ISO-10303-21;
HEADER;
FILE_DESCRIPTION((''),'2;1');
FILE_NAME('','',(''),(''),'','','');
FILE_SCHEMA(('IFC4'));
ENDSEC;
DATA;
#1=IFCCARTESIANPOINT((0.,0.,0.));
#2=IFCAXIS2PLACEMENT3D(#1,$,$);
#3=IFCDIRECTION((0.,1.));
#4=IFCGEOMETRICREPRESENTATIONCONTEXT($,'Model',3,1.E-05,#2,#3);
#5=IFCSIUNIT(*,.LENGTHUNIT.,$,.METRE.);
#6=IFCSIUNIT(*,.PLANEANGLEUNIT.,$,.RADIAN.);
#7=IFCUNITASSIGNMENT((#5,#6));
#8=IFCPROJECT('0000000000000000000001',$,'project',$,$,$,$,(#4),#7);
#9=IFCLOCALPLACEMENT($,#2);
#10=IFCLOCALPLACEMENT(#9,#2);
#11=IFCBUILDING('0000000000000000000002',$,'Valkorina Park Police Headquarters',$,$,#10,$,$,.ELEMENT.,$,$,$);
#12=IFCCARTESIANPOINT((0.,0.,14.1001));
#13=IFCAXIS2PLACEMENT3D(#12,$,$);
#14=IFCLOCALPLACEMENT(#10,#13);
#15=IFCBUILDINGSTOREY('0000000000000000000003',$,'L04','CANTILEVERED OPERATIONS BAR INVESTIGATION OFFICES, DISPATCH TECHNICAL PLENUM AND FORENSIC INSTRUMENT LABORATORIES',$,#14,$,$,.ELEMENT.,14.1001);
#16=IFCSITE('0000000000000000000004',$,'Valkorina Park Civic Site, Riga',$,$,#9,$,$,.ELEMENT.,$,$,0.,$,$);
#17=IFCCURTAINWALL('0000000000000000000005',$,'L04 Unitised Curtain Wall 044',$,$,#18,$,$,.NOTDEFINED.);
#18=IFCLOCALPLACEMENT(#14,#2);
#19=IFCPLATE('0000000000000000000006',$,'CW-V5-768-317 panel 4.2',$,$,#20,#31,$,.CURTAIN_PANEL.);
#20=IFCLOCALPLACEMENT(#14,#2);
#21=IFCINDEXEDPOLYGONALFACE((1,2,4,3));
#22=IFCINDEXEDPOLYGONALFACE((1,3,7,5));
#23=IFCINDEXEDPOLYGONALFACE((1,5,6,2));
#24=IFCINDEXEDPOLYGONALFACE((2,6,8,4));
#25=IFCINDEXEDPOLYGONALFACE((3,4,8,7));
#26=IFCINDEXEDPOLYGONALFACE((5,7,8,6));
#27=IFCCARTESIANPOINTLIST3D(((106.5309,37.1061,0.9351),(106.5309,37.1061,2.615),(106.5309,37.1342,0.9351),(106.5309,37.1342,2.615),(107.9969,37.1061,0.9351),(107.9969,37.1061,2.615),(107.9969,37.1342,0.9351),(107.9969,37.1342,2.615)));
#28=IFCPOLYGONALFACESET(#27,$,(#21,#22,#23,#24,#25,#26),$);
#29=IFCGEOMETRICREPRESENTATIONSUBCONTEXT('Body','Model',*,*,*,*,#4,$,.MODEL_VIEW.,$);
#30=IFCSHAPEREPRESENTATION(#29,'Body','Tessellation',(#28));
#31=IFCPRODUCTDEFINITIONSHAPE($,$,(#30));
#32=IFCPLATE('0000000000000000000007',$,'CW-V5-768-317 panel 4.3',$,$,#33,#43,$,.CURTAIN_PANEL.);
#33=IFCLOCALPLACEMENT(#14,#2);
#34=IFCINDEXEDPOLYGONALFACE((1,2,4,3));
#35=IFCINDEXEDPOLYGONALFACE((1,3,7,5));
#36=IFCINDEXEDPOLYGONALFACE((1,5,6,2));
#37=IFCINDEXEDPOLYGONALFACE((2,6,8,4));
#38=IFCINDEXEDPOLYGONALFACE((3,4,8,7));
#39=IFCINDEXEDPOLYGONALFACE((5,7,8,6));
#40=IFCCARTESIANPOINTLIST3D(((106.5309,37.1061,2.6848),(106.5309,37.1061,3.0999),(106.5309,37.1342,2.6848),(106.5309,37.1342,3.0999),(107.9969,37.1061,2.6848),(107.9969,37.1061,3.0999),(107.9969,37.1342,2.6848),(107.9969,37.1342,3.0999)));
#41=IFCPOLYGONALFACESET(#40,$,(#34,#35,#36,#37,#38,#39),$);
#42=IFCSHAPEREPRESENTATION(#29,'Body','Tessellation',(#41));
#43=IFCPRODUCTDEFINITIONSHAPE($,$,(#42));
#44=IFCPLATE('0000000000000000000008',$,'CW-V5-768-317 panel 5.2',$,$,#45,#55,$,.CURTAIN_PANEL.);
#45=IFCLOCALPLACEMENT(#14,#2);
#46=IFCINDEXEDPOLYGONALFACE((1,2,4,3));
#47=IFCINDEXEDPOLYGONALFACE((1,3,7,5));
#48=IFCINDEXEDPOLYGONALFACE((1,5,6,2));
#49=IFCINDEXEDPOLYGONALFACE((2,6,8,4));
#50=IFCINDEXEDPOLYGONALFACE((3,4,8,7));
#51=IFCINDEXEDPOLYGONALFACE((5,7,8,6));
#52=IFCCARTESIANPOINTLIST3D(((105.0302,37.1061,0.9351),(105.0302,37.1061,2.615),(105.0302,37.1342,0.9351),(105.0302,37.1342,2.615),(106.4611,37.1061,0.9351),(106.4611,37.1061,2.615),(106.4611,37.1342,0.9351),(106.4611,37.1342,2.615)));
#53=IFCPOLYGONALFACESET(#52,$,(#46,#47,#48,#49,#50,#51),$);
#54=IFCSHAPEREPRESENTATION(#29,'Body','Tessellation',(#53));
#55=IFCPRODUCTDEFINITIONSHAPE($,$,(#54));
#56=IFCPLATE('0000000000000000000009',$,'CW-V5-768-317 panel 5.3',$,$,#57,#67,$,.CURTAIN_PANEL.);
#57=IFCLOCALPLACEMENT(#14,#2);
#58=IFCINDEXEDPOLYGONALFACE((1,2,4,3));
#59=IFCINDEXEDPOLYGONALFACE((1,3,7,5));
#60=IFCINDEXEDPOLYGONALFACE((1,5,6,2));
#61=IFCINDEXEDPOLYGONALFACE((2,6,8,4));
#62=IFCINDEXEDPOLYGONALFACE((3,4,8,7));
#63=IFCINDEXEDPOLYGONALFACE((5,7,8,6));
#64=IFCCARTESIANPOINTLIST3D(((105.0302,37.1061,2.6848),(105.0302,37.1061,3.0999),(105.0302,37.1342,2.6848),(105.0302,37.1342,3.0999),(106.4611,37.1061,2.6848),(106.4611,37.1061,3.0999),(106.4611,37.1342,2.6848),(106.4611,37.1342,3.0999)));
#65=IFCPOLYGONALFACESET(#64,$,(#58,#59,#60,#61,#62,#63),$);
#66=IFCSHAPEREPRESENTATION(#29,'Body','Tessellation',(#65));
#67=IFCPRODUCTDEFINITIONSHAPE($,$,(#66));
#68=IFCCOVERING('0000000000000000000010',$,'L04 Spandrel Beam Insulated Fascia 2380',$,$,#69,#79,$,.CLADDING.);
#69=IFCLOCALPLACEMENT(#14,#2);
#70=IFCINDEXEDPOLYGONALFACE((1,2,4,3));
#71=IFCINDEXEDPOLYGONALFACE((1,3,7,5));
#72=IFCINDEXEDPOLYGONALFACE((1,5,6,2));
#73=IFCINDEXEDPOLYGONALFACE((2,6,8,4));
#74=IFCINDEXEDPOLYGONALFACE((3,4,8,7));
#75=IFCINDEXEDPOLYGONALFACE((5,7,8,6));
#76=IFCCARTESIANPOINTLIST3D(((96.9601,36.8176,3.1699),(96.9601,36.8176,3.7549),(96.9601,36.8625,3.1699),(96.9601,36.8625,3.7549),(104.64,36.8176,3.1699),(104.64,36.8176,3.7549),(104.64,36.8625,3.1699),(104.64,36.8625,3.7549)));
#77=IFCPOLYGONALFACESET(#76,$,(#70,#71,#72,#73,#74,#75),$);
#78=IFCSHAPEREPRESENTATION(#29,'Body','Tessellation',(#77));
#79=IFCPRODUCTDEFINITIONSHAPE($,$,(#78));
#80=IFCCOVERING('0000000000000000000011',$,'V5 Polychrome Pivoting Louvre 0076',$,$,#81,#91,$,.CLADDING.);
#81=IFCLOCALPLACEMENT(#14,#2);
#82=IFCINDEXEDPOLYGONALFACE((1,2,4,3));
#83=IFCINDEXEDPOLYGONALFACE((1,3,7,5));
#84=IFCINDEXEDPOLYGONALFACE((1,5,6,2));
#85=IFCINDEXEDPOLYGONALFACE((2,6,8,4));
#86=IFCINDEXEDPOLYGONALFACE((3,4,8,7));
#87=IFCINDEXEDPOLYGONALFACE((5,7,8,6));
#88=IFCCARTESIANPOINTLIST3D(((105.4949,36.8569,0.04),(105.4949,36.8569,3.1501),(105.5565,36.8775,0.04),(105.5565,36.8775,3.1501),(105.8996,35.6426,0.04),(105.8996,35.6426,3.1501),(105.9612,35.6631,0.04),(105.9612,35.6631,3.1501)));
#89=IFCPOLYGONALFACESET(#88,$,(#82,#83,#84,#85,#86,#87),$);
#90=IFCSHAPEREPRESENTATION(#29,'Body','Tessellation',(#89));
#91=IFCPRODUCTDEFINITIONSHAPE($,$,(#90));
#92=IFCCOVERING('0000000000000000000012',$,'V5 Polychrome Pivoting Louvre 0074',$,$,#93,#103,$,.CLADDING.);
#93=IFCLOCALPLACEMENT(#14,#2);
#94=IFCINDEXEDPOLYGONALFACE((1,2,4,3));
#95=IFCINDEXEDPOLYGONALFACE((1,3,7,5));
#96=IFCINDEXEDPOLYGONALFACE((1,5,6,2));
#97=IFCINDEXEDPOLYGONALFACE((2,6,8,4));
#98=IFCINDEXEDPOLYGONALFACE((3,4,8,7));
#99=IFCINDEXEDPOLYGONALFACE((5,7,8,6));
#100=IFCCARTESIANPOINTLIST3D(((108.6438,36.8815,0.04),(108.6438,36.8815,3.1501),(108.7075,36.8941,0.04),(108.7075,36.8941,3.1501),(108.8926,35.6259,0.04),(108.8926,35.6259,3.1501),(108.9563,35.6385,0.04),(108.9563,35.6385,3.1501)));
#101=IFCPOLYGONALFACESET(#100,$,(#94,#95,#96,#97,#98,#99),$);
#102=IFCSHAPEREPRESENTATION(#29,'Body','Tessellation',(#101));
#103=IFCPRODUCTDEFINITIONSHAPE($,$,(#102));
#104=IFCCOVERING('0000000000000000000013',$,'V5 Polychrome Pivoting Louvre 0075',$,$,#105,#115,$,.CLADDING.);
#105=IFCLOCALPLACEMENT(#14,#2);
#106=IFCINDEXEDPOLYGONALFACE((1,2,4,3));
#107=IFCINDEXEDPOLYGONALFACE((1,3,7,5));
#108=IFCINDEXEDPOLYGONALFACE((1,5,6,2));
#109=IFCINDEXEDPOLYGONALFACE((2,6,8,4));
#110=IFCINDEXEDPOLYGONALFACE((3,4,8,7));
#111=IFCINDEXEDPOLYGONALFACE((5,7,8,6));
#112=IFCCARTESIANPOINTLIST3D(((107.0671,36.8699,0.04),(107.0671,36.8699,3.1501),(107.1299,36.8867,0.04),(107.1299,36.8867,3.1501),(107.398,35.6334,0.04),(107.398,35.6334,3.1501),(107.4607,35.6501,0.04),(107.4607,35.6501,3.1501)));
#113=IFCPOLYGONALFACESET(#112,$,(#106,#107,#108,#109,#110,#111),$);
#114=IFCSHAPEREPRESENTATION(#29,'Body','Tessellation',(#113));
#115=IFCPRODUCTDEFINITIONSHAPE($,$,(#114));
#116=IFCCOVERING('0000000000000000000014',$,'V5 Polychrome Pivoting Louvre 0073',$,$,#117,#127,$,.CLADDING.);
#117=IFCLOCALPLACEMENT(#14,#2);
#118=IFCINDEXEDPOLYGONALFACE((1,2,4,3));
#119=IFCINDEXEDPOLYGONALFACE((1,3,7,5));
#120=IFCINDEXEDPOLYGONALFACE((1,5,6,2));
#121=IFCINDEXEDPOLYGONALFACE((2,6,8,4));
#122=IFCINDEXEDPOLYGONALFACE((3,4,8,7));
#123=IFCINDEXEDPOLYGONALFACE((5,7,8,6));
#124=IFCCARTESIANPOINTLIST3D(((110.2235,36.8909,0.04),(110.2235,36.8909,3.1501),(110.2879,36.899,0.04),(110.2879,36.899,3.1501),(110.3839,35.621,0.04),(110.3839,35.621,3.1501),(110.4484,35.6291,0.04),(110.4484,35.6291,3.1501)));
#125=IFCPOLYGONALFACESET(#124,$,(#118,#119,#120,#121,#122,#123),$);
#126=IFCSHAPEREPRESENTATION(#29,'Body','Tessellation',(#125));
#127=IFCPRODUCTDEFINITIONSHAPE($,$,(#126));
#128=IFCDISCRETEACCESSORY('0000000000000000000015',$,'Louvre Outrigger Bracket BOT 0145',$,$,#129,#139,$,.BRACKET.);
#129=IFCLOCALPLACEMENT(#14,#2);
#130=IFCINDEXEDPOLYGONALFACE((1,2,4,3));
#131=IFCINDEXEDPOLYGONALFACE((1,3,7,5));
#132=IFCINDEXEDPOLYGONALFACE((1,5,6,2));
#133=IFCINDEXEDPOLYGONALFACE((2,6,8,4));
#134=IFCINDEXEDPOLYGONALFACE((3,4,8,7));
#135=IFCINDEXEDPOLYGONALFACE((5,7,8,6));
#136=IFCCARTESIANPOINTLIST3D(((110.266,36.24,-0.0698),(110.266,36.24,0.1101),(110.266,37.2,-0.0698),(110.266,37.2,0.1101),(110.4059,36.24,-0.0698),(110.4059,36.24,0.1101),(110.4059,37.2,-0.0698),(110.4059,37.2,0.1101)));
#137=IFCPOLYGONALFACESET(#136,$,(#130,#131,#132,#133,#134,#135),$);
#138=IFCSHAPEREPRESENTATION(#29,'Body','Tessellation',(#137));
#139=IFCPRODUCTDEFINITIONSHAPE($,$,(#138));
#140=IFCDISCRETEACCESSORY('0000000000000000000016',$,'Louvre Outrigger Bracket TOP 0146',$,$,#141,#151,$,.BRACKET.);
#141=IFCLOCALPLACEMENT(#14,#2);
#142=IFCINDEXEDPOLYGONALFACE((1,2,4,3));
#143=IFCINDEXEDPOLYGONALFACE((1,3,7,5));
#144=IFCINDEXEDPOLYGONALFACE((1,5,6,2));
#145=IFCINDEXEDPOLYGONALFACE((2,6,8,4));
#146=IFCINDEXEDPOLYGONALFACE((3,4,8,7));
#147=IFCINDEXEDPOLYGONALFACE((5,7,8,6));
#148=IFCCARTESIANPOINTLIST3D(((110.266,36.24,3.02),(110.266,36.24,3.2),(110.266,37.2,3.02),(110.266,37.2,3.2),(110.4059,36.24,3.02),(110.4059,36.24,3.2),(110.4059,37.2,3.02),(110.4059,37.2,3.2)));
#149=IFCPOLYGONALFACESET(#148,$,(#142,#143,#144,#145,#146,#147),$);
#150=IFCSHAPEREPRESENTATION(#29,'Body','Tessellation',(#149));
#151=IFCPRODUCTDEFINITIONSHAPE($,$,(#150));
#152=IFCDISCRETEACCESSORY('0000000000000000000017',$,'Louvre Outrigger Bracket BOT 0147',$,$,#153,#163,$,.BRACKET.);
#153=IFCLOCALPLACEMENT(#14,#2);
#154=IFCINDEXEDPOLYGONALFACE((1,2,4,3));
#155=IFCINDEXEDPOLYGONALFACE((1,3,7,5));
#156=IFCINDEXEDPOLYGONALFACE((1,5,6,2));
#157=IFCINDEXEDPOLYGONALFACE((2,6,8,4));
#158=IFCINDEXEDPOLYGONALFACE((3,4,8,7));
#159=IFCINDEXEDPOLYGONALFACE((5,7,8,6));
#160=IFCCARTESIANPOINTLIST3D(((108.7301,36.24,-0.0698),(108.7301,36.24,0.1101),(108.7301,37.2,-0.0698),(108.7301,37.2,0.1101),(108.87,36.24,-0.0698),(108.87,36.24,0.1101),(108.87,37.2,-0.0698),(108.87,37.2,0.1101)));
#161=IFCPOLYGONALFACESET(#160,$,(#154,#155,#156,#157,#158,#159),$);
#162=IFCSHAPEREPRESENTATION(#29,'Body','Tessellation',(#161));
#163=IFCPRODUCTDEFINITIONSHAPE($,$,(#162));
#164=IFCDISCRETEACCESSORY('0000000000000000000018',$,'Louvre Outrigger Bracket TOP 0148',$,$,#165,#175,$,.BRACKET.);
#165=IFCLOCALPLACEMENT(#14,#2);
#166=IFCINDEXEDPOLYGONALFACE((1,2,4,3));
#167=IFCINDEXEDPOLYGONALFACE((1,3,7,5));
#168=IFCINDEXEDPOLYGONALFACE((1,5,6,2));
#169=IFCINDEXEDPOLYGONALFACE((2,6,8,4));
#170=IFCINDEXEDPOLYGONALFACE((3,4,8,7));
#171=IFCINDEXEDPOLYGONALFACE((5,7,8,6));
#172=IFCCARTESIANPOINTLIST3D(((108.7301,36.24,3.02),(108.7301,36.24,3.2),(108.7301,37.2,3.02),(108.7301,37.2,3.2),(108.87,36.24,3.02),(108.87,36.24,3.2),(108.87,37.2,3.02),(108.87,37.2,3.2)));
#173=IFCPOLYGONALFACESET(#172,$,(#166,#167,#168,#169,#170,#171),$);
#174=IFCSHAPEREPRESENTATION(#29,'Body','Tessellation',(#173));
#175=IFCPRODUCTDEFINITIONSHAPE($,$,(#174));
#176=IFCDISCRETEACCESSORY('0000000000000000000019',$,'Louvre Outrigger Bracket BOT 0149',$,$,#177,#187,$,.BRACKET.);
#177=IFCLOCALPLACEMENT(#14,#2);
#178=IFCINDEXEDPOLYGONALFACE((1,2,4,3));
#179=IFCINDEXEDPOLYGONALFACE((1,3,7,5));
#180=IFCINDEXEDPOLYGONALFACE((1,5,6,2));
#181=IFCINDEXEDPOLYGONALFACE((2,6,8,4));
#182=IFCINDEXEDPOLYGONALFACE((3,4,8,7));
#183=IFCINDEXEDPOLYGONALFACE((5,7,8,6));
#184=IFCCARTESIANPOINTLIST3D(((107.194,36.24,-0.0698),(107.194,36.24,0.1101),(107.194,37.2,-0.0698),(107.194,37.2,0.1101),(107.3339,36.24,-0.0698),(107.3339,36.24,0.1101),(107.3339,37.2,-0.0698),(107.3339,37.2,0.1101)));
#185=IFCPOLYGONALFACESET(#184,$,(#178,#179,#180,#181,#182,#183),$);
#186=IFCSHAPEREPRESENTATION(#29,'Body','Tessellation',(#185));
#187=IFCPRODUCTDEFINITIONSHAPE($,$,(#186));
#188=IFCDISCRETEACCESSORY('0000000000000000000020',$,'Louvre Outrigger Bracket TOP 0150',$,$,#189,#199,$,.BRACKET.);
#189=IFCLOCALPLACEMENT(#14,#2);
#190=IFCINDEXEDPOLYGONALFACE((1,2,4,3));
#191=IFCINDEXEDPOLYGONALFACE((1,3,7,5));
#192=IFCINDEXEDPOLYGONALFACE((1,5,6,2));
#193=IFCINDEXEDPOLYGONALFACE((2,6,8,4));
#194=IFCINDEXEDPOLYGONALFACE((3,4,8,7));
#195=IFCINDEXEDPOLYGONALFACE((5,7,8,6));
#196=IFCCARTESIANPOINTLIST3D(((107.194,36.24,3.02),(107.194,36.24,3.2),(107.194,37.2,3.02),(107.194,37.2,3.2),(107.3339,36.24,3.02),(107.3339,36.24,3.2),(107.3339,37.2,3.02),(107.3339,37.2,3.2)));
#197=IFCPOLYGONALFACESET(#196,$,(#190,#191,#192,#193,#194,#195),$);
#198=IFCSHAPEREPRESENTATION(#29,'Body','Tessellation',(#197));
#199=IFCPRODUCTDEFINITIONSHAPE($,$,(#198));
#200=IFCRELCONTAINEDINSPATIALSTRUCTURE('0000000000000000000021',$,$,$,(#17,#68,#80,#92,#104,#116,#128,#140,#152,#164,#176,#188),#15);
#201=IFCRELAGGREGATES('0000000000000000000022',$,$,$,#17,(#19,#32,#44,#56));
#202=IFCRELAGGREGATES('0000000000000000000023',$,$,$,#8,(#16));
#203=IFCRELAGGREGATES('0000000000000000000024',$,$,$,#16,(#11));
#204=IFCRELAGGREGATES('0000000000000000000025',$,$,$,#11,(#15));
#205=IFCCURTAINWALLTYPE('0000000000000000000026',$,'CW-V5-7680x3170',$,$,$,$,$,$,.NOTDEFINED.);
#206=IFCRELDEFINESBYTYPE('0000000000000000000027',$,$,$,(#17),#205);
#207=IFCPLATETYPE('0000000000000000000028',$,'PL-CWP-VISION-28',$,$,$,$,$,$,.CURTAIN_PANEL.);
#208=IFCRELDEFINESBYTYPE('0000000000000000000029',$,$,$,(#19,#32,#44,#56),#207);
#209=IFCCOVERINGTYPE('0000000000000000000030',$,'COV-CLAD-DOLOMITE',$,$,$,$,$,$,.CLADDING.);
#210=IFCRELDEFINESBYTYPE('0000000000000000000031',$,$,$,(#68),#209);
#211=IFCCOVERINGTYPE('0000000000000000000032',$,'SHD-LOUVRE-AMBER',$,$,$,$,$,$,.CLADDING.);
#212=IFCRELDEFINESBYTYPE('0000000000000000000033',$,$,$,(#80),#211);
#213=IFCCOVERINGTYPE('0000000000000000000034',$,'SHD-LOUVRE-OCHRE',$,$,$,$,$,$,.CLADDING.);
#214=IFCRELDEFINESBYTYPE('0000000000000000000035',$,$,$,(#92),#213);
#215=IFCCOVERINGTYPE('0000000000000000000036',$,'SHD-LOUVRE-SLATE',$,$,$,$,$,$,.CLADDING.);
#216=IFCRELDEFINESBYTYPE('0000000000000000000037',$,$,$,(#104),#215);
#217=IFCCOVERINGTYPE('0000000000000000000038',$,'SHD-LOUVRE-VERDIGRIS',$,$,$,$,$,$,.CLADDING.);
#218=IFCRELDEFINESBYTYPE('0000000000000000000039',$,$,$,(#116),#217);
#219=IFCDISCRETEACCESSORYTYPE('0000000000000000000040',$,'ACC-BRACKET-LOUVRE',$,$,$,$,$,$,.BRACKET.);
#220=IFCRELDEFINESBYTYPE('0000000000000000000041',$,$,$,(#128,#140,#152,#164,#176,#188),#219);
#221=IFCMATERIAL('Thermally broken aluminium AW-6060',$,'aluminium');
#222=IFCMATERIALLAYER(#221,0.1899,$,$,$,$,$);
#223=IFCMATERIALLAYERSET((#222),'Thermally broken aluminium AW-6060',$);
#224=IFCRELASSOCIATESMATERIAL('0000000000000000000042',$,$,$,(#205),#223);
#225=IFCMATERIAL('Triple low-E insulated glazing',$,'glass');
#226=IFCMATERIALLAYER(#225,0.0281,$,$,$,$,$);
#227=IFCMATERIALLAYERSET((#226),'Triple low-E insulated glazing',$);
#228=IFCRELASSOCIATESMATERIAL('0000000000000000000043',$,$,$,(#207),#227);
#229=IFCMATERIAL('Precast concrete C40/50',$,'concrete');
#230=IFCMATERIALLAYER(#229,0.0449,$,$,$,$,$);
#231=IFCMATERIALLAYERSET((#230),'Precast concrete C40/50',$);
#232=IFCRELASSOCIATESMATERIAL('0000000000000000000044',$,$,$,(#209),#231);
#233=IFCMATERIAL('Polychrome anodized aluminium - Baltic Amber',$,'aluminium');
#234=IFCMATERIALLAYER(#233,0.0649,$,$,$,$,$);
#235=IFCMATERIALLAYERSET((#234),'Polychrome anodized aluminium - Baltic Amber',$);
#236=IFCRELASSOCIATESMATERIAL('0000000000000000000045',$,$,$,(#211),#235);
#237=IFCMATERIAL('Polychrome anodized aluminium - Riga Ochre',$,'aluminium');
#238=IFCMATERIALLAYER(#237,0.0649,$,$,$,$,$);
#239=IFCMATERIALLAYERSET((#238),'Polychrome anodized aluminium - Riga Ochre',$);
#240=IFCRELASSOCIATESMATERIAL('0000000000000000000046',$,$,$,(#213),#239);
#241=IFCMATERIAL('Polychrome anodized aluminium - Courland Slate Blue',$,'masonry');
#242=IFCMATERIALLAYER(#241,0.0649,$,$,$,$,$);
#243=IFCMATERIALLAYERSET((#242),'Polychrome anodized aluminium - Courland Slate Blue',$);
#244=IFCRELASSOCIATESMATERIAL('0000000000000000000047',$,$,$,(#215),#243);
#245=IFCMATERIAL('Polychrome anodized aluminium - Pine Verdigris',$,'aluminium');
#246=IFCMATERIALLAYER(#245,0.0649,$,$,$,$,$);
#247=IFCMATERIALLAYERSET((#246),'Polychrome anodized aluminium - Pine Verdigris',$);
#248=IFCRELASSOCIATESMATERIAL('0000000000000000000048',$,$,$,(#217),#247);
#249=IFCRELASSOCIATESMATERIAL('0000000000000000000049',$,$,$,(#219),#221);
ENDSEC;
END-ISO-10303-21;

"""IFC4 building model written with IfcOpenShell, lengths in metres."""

from ifc_helpers import new_model, si_unit, direction, frame, frame_2d, origin, origin_2d, place, context, subcontext, project, spatial, rectangle, extrude, material, layer, layer_set, type_object, element, aggregate, save


model = new_model("IFC4")

# Units and contexts
model_context = context("Model", 3, precision=1e-05, world=origin(), true_north=direction((0.0, 1.0)))
body_context = subcontext(model_context, "Body", "Model", "MODEL_VIEW")
ifc_project = project(units=[si_unit("LENGTHUNIT", "METRE"), si_unit("PLANEANGLEUNIT", "RADIAN")], contexts=[model_context])

# Site, building, storey
site_placement = place(None, origin())
site = spatial("IfcSite", under=ifc_project, at=site_placement, Name="Valkorina Park Civic Site, Riga", CompositionType="ELEMENT", RefElevation=0.0)
building_placement = place(site_placement, origin())
building = spatial("IfcBuilding", under=site, at=building_placement, Name="Valkorina Park Police Headquarters", CompositionType="ELEMENT")
storey_placement = place(building_placement, frame((0.0, 0.0, 14.1001)))
storey = spatial("IfcBuildingStorey", under=building, at=storey_placement, Name="L04", Description="CANTILEVERED OPERATIONS BAR INVESTIGATION OFFICES, DISPATCH TECHNICAL PLENUM AND FORENSIC INSTRUMENT LABORATORIES", CompositionType="ELEMENT", Elevation=14.1001)

# Curtain wall, plates
ifc_material_1 = material(Name="Thermally broken aluminium AW-6060", Category="aluminium")
ifc_layer_1 = layer(ifc_material_1, 0.1899)
ifc_layer_set_1 = layer_set([ifc_layer_1], Name="Thermally broken aluminium AW-6060")
curtain_wall_type = type_object("IfcCurtainWallType", Name="CW-V5-7680x3170", PredefinedType="NOTDEFINED", material=ifc_layer_set_1)
curtain_wall_placement = place(storey_placement, origin())
curtain_wall = element("IfcCurtainWall", 1, at=curtain_wall_placement, inside=storey, type_object=curtain_wall_type, Name="L04 Unitised Curtain Wall 044", PredefinedType="NOTDEFINED")
ifc_material_2 = material(Name="Triple low-E insulated glazing", Category="glass")
ifc_layer_2 = layer(ifc_material_2, 0.0281)
ifc_layer_set_2 = layer_set([ifc_layer_2], Name="Triple low-E insulated glazing")
plate_type_1 = type_object("IfcPlateType", Name="PL-CWP-VISION-28", PredefinedType="CURTAIN_PANEL", material=ifc_layer_set_2)
plate_1_placement = place(storey_placement, frame((107.2639, 37.1201, 0.9351), z_axis=(0.0, 0.0, 1.0), x_axis=(-1.0, 0.0, 0.0)))
plate_1 = element("IfcPlate", 2, at=plate_1_placement, type_object=plate_type_1, Name="CW-V5-768-317 panel 4.2", PredefinedType="CURTAIN_PANEL", context=body_context, shape_type="SweptSolid", body=[
    extrude(rectangle(XDim=1.4661, YDim=0.0281, at=origin_2d()), origin(), (0.0, 0.0, 1.0), 1.6799),
])
plate_2_placement = place(storey_placement, frame((107.2639, 37.1201, 2.6848), z_axis=(0.0, 0.0, 1.0), x_axis=(-1.0, 0.0, 0.0)))
plate_2 = element("IfcPlate", 3, at=plate_2_placement, type_object=plate_type_1, Name="CW-V5-768-317 panel 4.3", PredefinedType="CURTAIN_PANEL", context=body_context, shape_type="SweptSolid", body=[
    extrude(rectangle(XDim=1.4661, YDim=0.0281, at=origin_2d()), origin(), (0.0, 0.0, 1.0), 0.415),
])
plate_3_placement = place(storey_placement, frame((105.7456, 37.1201, 0.9351), z_axis=(0.0, 0.0, 1.0), x_axis=(-1.0, 0.0, 0.0)))
plate_3 = element("IfcPlate", 4, at=plate_3_placement, type_object=plate_type_1, Name="CW-V5-768-317 panel 5.2", PredefinedType="CURTAIN_PANEL", context=body_context, shape_type="SweptSolid", body=[
    extrude(rectangle(XDim=1.4309, YDim=0.0281, at=origin_2d()), origin(), (0.0, 0.0, 1.0), 1.6799),
])
plate_4_placement = place(storey_placement, frame((105.7456, 37.1201, 2.6848), z_axis=(0.0, 0.0, 1.0), x_axis=(-1.0, 0.0, 0.0)))
plate_4 = element("IfcPlate", 5, at=plate_4_placement, type_object=plate_type_1, Name="CW-V5-768-317 panel 5.3", PredefinedType="CURTAIN_PANEL", context=body_context, shape_type="SweptSolid", body=[
    extrude(rectangle(XDim=1.4309, YDim=0.0281, at=origin_2d()), origin(), (0.0, 0.0, 1.0), 0.415),
])
aggregate(curtain_wall, [plate_1, plate_2, plate_3, plate_4])

# Coverings
ifc_material_3 = material(Name="Precast concrete C40/50", Category="concrete")
ifc_layer_3 = layer(ifc_material_3, 0.0449)
ifc_layer_set_3 = layer_set([ifc_layer_3], Name="Precast concrete C40/50")
covering_type_1 = type_object("IfcCoveringType", Name="COV-CLAD-DOLOMITE", PredefinedType="CLADDING", material=ifc_layer_set_3)
covering_1_placement = place(storey_placement, frame((104.6399, 36.8401, 3.1699), z_axis=(0.0, 0.0, 1.0), x_axis=(-1.0, 0.0, 0.0)))
element("IfcCovering", 6, at=covering_1_placement, inside=storey, type_object=covering_type_1, Name="L04 Spandrel Beam Insulated Fascia 2380", PredefinedType="CLADDING", context=body_context, shape_type="SweptSolid", body=[
    extrude(rectangle(XDim=7.6799, YDim=0.0449, at=frame_2d((3.8398, 0.0))), origin(), (0.0, 0.0, 1.0), 0.585),
])
ifc_material_4 = material(Name="Polychrome anodized aluminium - Baltic Amber", Category="aluminium")
ifc_layer_4 = layer(ifc_material_4, 0.0649)
ifc_layer_set_4 = layer_set([ifc_layer_4], Name="Polychrome anodized aluminium - Baltic Amber")
covering_type_2 = type_object("IfcCoveringType", Name="SHD-LOUVRE-AMBER", PredefinedType="CLADDING", material=ifc_layer_set_4)
covering_2_placement = place(storey_placement, frame((105.728, 36.26, 0.04), z_axis=(0.0, 0.0, 1.0), x_axis=(0.316146, -0.948711, 0.0)))
element("IfcCovering", 7, at=covering_2_placement, inside=storey, type_object=covering_type_2, Name="V5 Polychrome Pivoting Louvre 0076", PredefinedType="CLADDING", context=body_context, shape_type="SweptSolid", body=[
    extrude(rectangle(XDim=1.28, YDim=0.0649, at=origin_2d()), origin(), (0.0, 0.0, 1.0), 3.1101),
])
ifc_material_5 = material(Name="Polychrome anodized aluminium - Riga Ochre", Category="aluminium")
ifc_layer_5 = layer(ifc_material_5, 0.0649)
ifc_layer_set_5 = layer_set([ifc_layer_5], Name="Polychrome anodized aluminium - Riga Ochre")
covering_type_3 = type_object("IfcCoveringType", Name="SHD-LOUVRE-OCHRE", PredefinedType="CLADDING", material=ifc_layer_set_5)
covering_3_placement = place(storey_placement, frame((108.8, 36.26, 0.04), z_axis=(0.0, 0.0, 1.0), x_axis=(0.194406, -0.980921, 0.0)))
element("IfcCovering", 8, at=covering_3_placement, inside=storey, type_object=covering_type_3, Name="V5 Polychrome Pivoting Louvre 0074", PredefinedType="CLADDING", context=body_context, shape_type="SweptSolid", body=[
    extrude(rectangle(XDim=1.28, YDim=0.0649, at=origin_2d()), origin(), (0.0, 0.0, 1.0), 3.1101),
])
ifc_material_6 = material(Name="Polychrome anodized aluminium - Courland Slate Blue", Category="masonry")
ifc_layer_6 = layer(ifc_material_6, 0.0649)
ifc_layer_set_6 = layer_set([ifc_layer_6], Name="Polychrome anodized aluminium - Courland Slate Blue")
covering_type_4 = type_object("IfcCoveringType", Name="SHD-LOUVRE-SLATE", PredefinedType="CLADDING", material=ifc_layer_set_6)
covering_4_placement = place(storey_placement, frame((107.2639, 36.26, 0.04), z_axis=(0.0, 0.0, 1.0), x_axis=(0.258482, -0.966016, 0.0)))
element("IfcCovering", 9, at=covering_4_placement, inside=storey, type_object=covering_type_4, Name="V5 Polychrome Pivoting Louvre 0075", PredefinedType="CLADDING", context=body_context, shape_type="SweptSolid", body=[
    extrude(rectangle(XDim=1.28, YDim=0.0649, at=origin_2d()), origin(), (0.0, 0.0, 1.0), 3.1101),
])
ifc_material_7 = material(Name="Polychrome anodized aluminium - Pine Verdigris", Category="aluminium")
ifc_layer_7 = layer(ifc_material_7, 0.0649)
ifc_layer_set_7 = layer_set([ifc_layer_7], Name="Polychrome anodized aluminium - Pine Verdigris")
covering_type_5 = type_object("IfcCoveringType", Name="SHD-LOUVRE-VERDIGRIS", PredefinedType="CLADDING", material=ifc_layer_set_7)
covering_5_placement = place(storey_placement, frame((110.3359, 36.26, 0.04), z_axis=(0.0, 0.0, 1.0), x_axis=(0.125333, -0.992115, 0.0)))
element("IfcCovering", 10, at=covering_5_placement, inside=storey, type_object=covering_type_5, Name="V5 Polychrome Pivoting Louvre 0073", PredefinedType="CLADDING", context=body_context, shape_type="SweptSolid", body=[
    extrude(rectangle(XDim=1.28, YDim=0.0649, at=origin_2d()), origin(), (0.0, 0.0, 1.0), 3.1101),
])

# Discrete accessories
discrete_accessory_type = type_object("IfcDiscreteAccessoryType", Name="ACC-BRACKET-LOUVRE", PredefinedType="BRACKET", material=ifc_material_1)
for number, where, z_axis, x_axis, name in (
    (11, (110.3359, 36.72, -0.0698), (0.0, 0.0, 1.0), (0.0, -1.0, 0.0), "Louvre Outrigger Bracket BOT 0145"),
    (12, (110.3359, 36.72, 3.02), (0.0, 0.0, 1.0), (0.0, -1.0, 0.0), "Louvre Outrigger Bracket TOP 0146"),
    (13, (108.8, 36.72, -0.0698), (0.0, 0.0, 1.0), (0.0, -1.0, 0.0), "Louvre Outrigger Bracket BOT 0147"),
    (14, (108.8, 36.72, 3.02), (0.0, 0.0, 1.0), (0.0, -1.0, 0.0), "Louvre Outrigger Bracket TOP 0148"),
    (15, (107.2639, 36.72, -0.0698), (0.0, 0.0, 1.0), (0.0, -1.0, 0.0), "Louvre Outrigger Bracket BOT 0149"),
    (16, (107.2639, 36.72, 3.02), (0.0, 0.0, 1.0), (0.0, -1.0, 0.0), "Louvre Outrigger Bracket TOP 0150"),
):
    element("IfcDiscreteAccessory", number, at=place(storey_placement, frame(where, z_axis=z_axis, x_axis=x_axis)), inside=storey, type_object=discrete_accessory_type, Name=name, PredefinedType="BRACKET", context=body_context, shape_type="SweptSolid", body=[
        extrude(rectangle(XDim=0.96, YDim=0.1399, at=origin_2d()), origin(), (0.0, 0.0, 1.0), 0.1799),
    ])

save(model, "model.ifc")
